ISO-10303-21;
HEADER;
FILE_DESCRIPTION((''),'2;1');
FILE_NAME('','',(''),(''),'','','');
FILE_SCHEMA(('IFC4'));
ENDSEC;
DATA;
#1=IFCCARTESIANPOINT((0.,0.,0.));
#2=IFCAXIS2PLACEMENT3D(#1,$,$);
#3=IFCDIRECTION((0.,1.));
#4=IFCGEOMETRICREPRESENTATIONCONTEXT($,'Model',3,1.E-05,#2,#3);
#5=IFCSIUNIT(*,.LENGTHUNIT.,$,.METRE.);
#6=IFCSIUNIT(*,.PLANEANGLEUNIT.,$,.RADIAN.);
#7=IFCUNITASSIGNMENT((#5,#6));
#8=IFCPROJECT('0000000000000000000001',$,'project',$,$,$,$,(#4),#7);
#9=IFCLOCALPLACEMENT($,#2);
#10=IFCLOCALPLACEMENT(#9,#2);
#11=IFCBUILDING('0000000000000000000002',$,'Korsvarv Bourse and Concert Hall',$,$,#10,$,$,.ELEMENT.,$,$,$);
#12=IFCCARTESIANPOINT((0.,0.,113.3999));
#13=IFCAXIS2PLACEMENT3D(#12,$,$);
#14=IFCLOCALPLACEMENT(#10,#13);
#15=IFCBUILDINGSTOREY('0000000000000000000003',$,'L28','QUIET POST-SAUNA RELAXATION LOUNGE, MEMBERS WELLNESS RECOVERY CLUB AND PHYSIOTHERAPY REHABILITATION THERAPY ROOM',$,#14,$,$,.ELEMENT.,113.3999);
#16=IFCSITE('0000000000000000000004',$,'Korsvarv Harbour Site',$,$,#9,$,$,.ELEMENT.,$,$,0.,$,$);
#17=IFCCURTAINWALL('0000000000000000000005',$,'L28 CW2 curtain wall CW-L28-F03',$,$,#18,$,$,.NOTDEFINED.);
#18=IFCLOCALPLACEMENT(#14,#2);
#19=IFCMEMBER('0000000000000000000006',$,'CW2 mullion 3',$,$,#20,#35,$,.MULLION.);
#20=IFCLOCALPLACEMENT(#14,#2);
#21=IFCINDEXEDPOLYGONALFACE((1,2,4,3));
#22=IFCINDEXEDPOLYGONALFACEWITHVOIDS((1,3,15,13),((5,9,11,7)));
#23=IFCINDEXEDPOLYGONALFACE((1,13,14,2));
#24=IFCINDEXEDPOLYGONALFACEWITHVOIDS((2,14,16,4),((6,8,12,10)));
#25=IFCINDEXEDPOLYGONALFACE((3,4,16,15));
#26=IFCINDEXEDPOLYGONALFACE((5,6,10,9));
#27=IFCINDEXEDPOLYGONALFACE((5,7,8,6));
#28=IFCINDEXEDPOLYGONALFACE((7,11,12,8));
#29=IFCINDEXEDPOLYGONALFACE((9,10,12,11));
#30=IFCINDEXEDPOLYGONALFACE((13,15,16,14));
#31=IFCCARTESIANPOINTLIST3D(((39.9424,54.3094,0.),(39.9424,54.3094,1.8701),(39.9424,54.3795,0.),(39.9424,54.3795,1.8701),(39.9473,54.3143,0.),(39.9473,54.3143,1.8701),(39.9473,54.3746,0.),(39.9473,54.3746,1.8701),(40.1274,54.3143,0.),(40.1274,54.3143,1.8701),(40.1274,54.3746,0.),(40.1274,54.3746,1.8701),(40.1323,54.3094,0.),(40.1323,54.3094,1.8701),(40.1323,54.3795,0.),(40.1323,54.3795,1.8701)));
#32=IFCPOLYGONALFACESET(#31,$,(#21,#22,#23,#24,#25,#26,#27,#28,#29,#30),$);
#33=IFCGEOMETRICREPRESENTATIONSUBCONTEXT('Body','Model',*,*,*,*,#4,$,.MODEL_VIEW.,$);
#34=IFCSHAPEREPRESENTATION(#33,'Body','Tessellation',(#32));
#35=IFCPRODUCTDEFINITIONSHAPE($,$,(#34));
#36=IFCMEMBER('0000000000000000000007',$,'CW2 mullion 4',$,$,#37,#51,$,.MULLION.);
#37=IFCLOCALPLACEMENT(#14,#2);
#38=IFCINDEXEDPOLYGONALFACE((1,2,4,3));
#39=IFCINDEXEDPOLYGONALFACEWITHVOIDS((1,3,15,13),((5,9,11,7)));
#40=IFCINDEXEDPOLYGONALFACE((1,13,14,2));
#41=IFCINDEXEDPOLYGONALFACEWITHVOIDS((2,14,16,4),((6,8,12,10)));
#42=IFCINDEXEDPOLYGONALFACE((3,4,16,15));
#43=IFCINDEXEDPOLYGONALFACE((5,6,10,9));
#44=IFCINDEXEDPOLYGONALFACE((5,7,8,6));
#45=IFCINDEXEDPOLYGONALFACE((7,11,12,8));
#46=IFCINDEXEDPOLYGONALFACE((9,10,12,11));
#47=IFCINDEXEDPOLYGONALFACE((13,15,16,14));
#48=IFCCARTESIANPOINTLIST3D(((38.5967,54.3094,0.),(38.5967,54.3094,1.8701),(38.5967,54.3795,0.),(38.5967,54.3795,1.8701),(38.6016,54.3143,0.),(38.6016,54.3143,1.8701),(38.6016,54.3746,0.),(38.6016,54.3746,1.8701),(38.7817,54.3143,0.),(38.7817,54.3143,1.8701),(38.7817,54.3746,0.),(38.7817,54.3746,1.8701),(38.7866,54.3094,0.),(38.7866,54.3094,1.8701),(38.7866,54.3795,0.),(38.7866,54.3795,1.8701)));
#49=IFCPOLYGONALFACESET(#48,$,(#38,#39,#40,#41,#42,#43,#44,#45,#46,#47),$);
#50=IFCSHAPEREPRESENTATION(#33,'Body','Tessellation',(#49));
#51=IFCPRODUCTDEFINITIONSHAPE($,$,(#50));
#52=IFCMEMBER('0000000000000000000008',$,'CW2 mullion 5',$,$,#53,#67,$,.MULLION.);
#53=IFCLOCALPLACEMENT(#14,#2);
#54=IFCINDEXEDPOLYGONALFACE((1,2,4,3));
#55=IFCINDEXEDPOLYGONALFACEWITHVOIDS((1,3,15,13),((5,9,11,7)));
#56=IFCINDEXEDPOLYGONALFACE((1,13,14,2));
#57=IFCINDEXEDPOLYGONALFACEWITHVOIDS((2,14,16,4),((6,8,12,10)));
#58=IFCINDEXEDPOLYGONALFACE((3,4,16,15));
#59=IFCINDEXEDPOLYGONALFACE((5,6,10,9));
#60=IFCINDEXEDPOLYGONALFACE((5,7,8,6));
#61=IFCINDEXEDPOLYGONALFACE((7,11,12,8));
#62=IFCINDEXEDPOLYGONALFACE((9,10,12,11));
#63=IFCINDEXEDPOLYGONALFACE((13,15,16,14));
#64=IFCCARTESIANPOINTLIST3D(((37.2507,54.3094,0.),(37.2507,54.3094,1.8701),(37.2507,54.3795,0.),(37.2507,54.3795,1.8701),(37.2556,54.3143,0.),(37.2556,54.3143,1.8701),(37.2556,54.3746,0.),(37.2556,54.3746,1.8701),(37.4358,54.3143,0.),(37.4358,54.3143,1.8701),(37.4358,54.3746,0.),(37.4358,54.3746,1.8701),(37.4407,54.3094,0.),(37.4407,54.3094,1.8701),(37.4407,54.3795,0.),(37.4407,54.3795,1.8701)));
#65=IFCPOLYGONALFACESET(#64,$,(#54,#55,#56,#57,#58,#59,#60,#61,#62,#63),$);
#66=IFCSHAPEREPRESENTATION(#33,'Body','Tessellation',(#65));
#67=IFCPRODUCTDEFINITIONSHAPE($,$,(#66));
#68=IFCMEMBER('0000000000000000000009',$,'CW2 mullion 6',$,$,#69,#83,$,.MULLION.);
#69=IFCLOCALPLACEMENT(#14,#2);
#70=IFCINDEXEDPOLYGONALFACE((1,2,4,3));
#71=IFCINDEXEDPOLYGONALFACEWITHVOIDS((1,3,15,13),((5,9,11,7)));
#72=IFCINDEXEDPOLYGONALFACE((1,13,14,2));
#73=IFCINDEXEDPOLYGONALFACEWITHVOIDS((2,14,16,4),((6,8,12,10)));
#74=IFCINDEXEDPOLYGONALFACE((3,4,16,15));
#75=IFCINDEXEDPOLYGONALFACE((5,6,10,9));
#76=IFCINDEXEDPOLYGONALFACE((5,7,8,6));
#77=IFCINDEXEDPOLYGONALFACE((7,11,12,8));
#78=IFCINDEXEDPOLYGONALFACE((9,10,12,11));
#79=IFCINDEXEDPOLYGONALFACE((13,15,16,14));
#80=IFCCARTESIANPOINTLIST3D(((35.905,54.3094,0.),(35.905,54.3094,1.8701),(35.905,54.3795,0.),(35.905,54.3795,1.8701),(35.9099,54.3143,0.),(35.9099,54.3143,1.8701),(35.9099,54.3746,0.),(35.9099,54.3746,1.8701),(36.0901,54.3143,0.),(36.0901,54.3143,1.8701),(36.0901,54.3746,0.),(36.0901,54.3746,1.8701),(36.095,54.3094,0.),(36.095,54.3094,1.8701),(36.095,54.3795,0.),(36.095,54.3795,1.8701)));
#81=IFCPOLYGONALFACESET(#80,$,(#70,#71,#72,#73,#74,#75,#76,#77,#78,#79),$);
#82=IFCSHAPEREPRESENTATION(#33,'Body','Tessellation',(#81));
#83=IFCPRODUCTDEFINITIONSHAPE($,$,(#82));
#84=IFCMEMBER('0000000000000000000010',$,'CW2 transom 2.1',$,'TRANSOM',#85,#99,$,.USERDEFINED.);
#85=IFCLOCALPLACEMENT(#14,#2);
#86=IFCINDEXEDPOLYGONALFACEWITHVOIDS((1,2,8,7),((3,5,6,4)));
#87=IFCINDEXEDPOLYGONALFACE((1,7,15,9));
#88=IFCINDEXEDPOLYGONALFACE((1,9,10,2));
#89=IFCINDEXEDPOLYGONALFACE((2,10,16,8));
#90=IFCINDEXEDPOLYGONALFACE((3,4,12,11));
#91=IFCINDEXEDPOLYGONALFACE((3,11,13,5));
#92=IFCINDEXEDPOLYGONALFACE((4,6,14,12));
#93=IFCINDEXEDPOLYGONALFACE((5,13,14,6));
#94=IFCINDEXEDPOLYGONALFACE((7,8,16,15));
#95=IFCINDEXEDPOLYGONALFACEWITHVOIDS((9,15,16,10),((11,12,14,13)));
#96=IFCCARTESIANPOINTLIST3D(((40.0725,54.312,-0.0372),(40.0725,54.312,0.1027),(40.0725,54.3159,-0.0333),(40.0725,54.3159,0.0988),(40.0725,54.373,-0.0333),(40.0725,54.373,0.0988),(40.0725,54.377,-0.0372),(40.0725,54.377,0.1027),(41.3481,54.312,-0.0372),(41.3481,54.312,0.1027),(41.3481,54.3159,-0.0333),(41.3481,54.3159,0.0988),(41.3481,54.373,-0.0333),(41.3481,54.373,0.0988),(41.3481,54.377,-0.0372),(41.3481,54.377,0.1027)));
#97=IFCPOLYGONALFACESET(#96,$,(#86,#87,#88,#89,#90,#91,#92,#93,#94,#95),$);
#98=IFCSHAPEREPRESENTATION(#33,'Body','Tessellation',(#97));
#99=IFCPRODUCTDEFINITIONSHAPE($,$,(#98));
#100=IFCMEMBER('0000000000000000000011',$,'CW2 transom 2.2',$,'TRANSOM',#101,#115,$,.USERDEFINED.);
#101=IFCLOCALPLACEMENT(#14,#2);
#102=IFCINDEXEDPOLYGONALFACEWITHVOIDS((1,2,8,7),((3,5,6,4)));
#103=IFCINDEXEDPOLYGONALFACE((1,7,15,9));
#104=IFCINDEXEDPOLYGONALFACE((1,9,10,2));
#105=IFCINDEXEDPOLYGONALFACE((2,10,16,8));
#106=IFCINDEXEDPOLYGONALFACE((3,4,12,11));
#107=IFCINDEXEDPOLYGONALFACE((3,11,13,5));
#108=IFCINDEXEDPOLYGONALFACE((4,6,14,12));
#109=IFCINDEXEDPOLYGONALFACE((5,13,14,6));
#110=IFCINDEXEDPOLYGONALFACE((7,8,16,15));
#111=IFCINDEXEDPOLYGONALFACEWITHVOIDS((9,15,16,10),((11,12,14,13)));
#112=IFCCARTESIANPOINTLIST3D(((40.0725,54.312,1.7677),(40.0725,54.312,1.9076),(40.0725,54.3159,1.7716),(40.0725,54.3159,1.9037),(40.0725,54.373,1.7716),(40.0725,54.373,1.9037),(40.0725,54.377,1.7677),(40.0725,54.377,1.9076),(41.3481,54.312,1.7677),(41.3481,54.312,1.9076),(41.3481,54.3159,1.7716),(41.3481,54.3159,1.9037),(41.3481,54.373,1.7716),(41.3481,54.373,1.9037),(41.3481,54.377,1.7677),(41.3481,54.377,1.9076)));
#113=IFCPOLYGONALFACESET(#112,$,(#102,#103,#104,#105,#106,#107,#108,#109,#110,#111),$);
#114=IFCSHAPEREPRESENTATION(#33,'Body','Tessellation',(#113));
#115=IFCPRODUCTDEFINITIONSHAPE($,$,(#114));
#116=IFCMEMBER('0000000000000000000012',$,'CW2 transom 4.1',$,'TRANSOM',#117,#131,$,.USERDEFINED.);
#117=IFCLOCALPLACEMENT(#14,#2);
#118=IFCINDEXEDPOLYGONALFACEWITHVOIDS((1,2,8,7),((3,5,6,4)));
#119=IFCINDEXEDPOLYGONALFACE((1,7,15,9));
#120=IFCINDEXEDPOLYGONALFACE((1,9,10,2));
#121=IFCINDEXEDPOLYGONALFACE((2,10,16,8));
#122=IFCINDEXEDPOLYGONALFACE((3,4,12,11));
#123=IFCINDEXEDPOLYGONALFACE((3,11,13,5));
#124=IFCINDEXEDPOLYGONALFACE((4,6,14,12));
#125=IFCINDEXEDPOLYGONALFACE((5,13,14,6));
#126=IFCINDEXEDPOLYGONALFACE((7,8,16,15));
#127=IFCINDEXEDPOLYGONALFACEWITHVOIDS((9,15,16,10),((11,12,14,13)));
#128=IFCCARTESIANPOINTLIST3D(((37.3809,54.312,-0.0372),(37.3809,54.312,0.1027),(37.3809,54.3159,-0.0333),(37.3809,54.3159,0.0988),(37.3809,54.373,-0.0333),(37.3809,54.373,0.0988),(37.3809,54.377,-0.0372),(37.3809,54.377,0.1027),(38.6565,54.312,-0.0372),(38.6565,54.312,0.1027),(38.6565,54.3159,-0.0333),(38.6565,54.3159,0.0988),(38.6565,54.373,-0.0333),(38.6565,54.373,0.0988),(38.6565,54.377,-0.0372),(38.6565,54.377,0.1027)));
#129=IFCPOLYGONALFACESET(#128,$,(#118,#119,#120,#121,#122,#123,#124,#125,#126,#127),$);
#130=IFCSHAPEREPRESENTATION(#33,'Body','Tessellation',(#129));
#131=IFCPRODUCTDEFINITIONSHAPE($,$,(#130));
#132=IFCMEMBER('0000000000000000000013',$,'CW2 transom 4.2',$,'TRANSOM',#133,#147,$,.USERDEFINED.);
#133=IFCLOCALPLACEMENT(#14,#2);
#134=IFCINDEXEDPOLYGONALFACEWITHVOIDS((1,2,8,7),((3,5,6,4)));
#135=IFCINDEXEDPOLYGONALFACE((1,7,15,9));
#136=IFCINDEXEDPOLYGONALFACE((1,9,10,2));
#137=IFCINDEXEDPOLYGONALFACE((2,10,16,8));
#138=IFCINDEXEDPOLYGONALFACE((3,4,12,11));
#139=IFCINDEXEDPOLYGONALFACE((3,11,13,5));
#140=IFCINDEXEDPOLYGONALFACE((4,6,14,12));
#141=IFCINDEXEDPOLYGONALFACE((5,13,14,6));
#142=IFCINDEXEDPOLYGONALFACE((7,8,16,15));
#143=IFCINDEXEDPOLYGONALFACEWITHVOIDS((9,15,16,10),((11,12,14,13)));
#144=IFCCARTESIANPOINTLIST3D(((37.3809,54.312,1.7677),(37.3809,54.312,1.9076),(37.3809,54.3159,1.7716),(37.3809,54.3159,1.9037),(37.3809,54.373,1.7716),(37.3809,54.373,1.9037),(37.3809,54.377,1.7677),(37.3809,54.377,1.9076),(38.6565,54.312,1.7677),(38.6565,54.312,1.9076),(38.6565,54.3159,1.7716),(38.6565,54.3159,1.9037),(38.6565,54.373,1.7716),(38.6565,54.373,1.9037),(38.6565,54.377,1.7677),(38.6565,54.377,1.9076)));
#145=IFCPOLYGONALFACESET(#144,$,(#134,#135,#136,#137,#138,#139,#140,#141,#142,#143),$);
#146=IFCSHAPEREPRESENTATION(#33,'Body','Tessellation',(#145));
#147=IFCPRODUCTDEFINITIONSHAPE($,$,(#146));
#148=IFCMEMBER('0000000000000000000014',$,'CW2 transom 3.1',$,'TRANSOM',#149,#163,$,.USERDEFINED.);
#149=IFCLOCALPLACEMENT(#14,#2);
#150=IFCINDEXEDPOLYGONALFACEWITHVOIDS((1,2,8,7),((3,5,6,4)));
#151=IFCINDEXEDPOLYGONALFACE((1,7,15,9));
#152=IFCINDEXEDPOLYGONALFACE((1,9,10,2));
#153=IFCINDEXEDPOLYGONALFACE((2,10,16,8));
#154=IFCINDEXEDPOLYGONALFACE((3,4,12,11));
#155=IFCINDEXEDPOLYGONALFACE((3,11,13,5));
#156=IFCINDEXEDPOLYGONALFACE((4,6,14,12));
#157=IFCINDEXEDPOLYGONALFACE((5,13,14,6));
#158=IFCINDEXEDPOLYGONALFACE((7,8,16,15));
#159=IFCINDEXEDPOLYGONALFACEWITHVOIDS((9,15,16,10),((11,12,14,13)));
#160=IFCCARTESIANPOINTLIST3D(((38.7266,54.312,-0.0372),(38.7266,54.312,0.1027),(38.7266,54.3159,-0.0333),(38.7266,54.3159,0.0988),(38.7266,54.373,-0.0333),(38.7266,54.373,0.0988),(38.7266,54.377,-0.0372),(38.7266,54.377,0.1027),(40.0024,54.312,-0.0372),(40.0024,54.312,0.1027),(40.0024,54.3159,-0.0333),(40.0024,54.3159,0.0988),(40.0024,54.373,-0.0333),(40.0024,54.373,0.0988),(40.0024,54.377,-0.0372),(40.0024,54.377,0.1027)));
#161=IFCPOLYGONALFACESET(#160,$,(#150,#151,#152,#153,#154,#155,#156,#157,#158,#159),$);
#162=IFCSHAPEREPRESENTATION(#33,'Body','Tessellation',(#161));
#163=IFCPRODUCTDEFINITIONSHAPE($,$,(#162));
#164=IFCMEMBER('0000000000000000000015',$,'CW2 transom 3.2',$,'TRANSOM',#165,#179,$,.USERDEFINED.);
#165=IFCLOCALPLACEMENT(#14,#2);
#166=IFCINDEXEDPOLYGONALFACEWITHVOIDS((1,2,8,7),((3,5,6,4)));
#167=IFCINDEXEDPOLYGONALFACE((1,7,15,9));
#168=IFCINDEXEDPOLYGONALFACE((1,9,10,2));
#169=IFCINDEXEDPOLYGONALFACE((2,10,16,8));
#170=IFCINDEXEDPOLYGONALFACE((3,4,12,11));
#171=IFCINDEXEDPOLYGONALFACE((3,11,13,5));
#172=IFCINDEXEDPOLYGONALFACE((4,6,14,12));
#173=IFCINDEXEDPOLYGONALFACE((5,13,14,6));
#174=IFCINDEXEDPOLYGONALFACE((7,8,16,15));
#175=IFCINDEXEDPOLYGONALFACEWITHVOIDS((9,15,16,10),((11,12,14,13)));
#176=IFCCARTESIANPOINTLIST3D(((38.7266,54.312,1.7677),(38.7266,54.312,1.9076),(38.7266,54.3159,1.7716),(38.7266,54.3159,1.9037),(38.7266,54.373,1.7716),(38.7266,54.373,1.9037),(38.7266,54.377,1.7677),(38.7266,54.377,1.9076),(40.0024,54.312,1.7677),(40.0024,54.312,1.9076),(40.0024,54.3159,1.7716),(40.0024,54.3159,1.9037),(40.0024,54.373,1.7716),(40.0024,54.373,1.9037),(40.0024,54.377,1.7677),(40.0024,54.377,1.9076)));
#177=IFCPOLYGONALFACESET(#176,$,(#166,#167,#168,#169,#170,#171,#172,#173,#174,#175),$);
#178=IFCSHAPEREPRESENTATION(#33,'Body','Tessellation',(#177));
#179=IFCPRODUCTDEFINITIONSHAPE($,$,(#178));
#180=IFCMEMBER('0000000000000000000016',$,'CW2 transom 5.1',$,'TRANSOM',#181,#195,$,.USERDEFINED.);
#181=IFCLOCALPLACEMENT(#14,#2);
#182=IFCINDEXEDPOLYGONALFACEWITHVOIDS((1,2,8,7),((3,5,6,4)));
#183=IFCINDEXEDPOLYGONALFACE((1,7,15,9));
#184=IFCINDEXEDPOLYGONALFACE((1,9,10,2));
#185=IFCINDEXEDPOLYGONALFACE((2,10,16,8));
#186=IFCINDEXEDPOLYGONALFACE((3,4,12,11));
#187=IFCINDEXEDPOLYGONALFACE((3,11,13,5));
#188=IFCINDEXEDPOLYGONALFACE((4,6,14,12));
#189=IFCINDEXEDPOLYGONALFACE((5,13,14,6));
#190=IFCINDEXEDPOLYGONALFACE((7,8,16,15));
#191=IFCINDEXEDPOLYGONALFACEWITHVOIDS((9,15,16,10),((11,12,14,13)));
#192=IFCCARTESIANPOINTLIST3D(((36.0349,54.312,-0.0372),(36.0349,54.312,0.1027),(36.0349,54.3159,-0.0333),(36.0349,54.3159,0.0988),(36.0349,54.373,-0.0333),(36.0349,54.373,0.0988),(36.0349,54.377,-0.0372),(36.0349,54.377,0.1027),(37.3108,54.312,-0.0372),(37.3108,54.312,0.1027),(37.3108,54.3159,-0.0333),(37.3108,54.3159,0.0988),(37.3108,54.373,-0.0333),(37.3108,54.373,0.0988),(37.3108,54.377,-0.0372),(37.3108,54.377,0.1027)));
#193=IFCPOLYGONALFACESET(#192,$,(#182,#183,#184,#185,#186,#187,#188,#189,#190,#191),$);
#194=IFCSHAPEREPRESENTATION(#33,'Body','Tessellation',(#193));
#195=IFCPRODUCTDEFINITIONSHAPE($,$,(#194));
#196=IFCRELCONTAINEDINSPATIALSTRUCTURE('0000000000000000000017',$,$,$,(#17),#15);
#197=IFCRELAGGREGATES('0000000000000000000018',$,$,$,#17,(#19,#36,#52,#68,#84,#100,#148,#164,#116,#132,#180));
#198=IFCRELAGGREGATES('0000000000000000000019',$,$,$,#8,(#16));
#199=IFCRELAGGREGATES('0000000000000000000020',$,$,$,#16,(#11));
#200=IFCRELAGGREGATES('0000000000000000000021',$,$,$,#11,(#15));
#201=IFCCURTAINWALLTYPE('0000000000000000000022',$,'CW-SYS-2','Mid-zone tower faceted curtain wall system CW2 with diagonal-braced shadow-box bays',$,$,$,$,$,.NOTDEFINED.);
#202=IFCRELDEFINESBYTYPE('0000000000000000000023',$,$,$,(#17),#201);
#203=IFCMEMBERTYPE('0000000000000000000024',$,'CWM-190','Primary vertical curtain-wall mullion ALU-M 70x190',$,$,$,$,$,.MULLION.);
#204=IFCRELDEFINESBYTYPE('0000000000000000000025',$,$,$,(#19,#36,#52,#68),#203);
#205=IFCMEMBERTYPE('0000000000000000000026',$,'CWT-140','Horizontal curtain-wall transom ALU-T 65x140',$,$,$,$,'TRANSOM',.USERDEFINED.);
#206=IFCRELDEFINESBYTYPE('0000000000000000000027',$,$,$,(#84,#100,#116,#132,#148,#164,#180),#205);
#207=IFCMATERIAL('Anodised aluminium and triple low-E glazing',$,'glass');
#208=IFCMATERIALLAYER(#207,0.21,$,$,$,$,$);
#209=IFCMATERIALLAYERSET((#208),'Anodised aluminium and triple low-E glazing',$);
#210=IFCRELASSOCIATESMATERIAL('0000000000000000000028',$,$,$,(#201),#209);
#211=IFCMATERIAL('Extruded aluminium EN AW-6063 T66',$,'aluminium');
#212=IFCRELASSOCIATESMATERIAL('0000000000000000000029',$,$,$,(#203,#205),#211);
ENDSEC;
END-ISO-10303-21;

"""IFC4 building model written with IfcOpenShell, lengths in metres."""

from ifc_helpers import new_model, si_unit, direction, frame, origin, origin_2d, place, context, subcontext, project, spatial, hollow_rectangle, extrude, source, transform, mapped, material, layer, layer_set, material_profile, profile_set, type_object, element, aggregate, save


model = new_model("IFC4")

# Units and contexts
model_context = context("Model", 3, precision=1e-05, world=origin(), true_north=direction((0.0, 1.0)))
body_context = subcontext(model_context, "Body", "Model", "MODEL_VIEW")
ifc_project = project(units=[si_unit("LENGTHUNIT", "METRE"), si_unit("PLANEANGLEUNIT", "RADIAN")], contexts=[model_context])

# Site, building, storey
site_placement = place(None, origin())
site = spatial("IfcSite", under=ifc_project, at=site_placement, Name="Korsvarv Harbour Site", CompositionType="ELEMENT", RefElevation=0.0)
building_placement = place(site_placement, origin())
building = spatial("IfcBuilding", under=site, at=building_placement, Name="Korsvarv Bourse and Concert Hall", CompositionType="ELEMENT")
storey_placement = place(building_placement, frame((0.0, 0.0, 113.3999)))
storey = spatial("IfcBuildingStorey", under=building, at=storey_placement, Name="L28", Description="QUIET POST-SAUNA RELAXATION LOUNGE, MEMBERS WELLNESS RECOVERY CLUB AND PHYSIOTHERAPY REHABILITATION THERAPY ROOM", CompositionType="ELEMENT", Elevation=113.3999)

# Curtain wall, members
ifc_material_1 = material(Name="Anodised aluminium and triple low-E glazing", Category="glass")
ifc_layer_1 = layer(ifc_material_1, 0.21)
ifc_layer_set_1 = layer_set([ifc_layer_1], Name="Anodised aluminium and triple low-E glazing")
curtain_wall_type = type_object("IfcCurtainWallType", Name="CW-SYS-2", Description="Mid-zone tower faceted curtain wall system CW2 with diagonal-braced shadow-box bays", PredefinedType="NOTDEFINED", material=ifc_layer_set_1)
curtain_wall_placement = place(storey_placement, origin())
curtain_wall = element("IfcCurtainWall", 1, at=curtain_wall_placement, inside=storey, type_object=curtain_wall_type, Name="L28 CW2 curtain wall CW-L28-F03", PredefinedType="NOTDEFINED")
ifc_material_2 = material(Name="Extruded aluminium EN AW-6063 T66", Category="aluminium")
ifc_material_profile_1 = material_profile(ifc_material_2, hollow_rectangle(XDim=0.0701, YDim=0.1899, WallThickness=0.0049, at=origin_2d()), Name="ALU-M 70x190")
ifc_profile_set_1 = profile_set([ifc_material_profile_1], Name="Extruded aluminium EN AW-6063 T66")
member_type_1 = type_object("IfcMemberType", Name="CWM-190", Description="Primary vertical curtain-wall mullion ALU-M 70x190", PredefinedType="MULLION", material=ifc_profile_set_1)
shared_shape_1 = source(origin(), body_context, "Body", "SweptSolid", [
    extrude(hollow_rectangle(XDim=0.0701, YDim=0.1899, WallThickness=0.0049, at=origin_2d()), origin(), (0.0, 0.0, 1.0), 1.8701),
])
member_1_placement = place(storey_placement, frame((40.0374, 54.3445, 0.0), z_axis=(0.0, 0.0, 1.0), x_axis=(0.0, -1.0, 0.0)))
member_1 = element("IfcMember", 2, at=member_1_placement, type_object=member_type_1, Name="CW2 mullion 3", PredefinedType="MULLION", context=body_context, shape_type="MappedRepresentation", body=[
    mapped(shared_shape_1, transform((0.0, 0.0, 0.0), scale=1.0)),
])
member_2_placement = place(storey_placement, frame((38.6917, 54.3445, 0.0), z_axis=(0.0, 0.0, 1.0), x_axis=(0.0, -1.0, 0.0)))
member_2 = element("IfcMember", 3, at=member_2_placement, type_object=member_type_1, Name="CW2 mullion 4", PredefinedType="MULLION", context=body_context, shape_type="MappedRepresentation", body=[
    mapped(shared_shape_1, transform((0.0, 0.0, 0.0), scale=1.0)),
])
member_3_placement = place(storey_placement, frame((37.3457, 54.3445, 0.0), z_axis=(0.0, 0.0, 1.0), x_axis=(0.0, -1.0, 0.0)))
member_3 = element("IfcMember", 4, at=member_3_placement, type_object=member_type_1, Name="CW2 mullion 5", PredefinedType="MULLION", context=body_context, shape_type="MappedRepresentation", body=[
    mapped(shared_shape_1, transform((0.0, 0.0, 0.0), scale=1.0)),
])
member_4_placement = place(storey_placement, frame((36.0, 54.3445, 0.0), z_axis=(0.0, 0.0, 1.0), x_axis=(0.0, -1.0, 0.0)))
member_4 = element("IfcMember", 5, at=member_4_placement, type_object=member_type_1, Name="CW2 mullion 6", PredefinedType="MULLION", context=body_context, shape_type="MappedRepresentation", body=[
    mapped(shared_shape_1, transform((0.0, 0.0, 0.0), scale=1.0)),
])
ifc_material_profile_2 = material_profile(ifc_material_2, hollow_rectangle(XDim=0.0649, YDim=0.1399, WallThickness=0.0039, at=origin_2d()), Name="ALU-T 65x140")
ifc_profile_set_2 = profile_set([ifc_material_profile_2], Name="Extruded aluminium EN AW-6063 T66")
member_type_2 = type_object("IfcMemberType", Name="CWT-140", Description="Horizontal curtain-wall transom ALU-T 65x140", ElementType="TRANSOM", PredefinedType="USERDEFINED", material=ifc_profile_set_2)
shared_shape_2 = source(origin(), body_context, "Body", "SweptSolid", [
    extrude(hollow_rectangle(XDim=0.0649, YDim=0.1399, WallThickness=0.0039, at=origin_2d()), origin(), (0.0, 0.0, 1.0), 1.2756),
])
member_5_placement = place(storey_placement, frame((41.3481, 54.3445, 0.0327), z_axis=(-1.0, 0.0, 0.0), x_axis=(0.0, -1.0, 0.0)))
member_5 = element("IfcMember", 6, at=member_5_placement, type_object=member_type_2, Name="CW2 transom 2.1", ObjectType="TRANSOM", PredefinedType="USERDEFINED", context=body_context, shape_type="MappedRepresentation", body=[
    mapped(shared_shape_2, transform((0.0, 0.0, 0.0), scale=1.0)),
])
member_6_placement = place(storey_placement, frame((41.3481, 54.3445, 1.8376), z_axis=(-1.0, 0.0, 0.0), x_axis=(0.0, -1.0, 0.0)))
member_6 = element("IfcMember", 7, at=member_6_placement, type_object=member_type_2, Name="CW2 transom 2.2", ObjectType="TRANSOM", PredefinedType="USERDEFINED", context=body_context, shape_type="MappedRepresentation", body=[
    mapped(shared_shape_2, transform((0.0, 0.0, 0.0), scale=1.0)),
])
member_7_placement = place(storey_placement, frame((38.6565, 54.3445, 0.0327), z_axis=(-1.0, 0.0, 0.0), x_axis=(0.0, -1.0, 0.0)))
member_7 = element("IfcMember", 8, at=member_7_placement, type_object=member_type_2, Name="CW2 transom 4.1", ObjectType="TRANSOM", PredefinedType="USERDEFINED", context=body_context, shape_type="MappedRepresentation", body=[
    mapped(shared_shape_2, transform((0.0, 0.0, 0.0), scale=1.0)),
])
member_8_placement = place(storey_placement, frame((38.6565, 54.3445, 1.8376), z_axis=(-1.0, 0.0, 0.0), x_axis=(0.0, -1.0, 0.0)))
member_8 = element("IfcMember", 9, at=member_8_placement, type_object=member_type_2, Name="CW2 transom 4.2", ObjectType="TRANSOM", PredefinedType="USERDEFINED", context=body_context, shape_type="MappedRepresentation", body=[
    mapped(shared_shape_2, transform((0.0, 0.0, 0.0), scale=1.0)),
])
shared_shape_3 = source(origin(), body_context, "Body", "SweptSolid", [
    extrude(hollow_rectangle(XDim=0.0649, YDim=0.1399, WallThickness=0.0039, at=origin_2d()), origin(), (0.0, 0.0, 1.0), 1.2759),
])
member_9_placement = place(storey_placement, frame((40.0024, 54.3445, 0.0327), z_axis=(-1.0, 0.0, 0.0), x_axis=(0.0, -1.0, 0.0)))
member_9 = element("IfcMember", 10, at=member_9_placement, type_object=member_type_2, Name="CW2 transom 3.1", ObjectType="TRANSOM", PredefinedType="USERDEFINED", context=body_context, shape_type="MappedRepresentation", body=[
    mapped(shared_shape_3, transform((0.0, 0.0, 0.0), scale=1.0)),
])
member_10_placement = place(storey_placement, frame((40.0024, 54.3445, 1.8376), z_axis=(-1.0, 0.0, 0.0), x_axis=(0.0, -1.0, 0.0)))
member_10 = element("IfcMember", 11, at=member_10_placement, type_object=member_type_2, Name="CW2 transom 3.2", ObjectType="TRANSOM", PredefinedType="USERDEFINED", context=body_context, shape_type="MappedRepresentation", body=[
    mapped(shared_shape_3, transform((0.0, 0.0, 0.0), scale=1.0)),
])
member_11_placement = place(storey_placement, frame((37.3108, 54.3445, 0.0327), z_axis=(-1.0, 0.0, 0.0), x_axis=(0.0, -1.0, 0.0)))
member_11 = element("IfcMember", 12, at=member_11_placement, type_object=member_type_2, Name="CW2 transom 5.1", ObjectType="TRANSOM", PredefinedType="USERDEFINED", context=body_context, shape_type="MappedRepresentation", body=[
    mapped(shared_shape_3, transform((0.0, 0.0, 0.0), scale=1.0)),
])
aggregate(curtain_wall, [member_1, member_2, member_3, member_4, member_5, member_6, member_9, member_10, member_7, member_8, member_11])

save(model, "model.ifc")
